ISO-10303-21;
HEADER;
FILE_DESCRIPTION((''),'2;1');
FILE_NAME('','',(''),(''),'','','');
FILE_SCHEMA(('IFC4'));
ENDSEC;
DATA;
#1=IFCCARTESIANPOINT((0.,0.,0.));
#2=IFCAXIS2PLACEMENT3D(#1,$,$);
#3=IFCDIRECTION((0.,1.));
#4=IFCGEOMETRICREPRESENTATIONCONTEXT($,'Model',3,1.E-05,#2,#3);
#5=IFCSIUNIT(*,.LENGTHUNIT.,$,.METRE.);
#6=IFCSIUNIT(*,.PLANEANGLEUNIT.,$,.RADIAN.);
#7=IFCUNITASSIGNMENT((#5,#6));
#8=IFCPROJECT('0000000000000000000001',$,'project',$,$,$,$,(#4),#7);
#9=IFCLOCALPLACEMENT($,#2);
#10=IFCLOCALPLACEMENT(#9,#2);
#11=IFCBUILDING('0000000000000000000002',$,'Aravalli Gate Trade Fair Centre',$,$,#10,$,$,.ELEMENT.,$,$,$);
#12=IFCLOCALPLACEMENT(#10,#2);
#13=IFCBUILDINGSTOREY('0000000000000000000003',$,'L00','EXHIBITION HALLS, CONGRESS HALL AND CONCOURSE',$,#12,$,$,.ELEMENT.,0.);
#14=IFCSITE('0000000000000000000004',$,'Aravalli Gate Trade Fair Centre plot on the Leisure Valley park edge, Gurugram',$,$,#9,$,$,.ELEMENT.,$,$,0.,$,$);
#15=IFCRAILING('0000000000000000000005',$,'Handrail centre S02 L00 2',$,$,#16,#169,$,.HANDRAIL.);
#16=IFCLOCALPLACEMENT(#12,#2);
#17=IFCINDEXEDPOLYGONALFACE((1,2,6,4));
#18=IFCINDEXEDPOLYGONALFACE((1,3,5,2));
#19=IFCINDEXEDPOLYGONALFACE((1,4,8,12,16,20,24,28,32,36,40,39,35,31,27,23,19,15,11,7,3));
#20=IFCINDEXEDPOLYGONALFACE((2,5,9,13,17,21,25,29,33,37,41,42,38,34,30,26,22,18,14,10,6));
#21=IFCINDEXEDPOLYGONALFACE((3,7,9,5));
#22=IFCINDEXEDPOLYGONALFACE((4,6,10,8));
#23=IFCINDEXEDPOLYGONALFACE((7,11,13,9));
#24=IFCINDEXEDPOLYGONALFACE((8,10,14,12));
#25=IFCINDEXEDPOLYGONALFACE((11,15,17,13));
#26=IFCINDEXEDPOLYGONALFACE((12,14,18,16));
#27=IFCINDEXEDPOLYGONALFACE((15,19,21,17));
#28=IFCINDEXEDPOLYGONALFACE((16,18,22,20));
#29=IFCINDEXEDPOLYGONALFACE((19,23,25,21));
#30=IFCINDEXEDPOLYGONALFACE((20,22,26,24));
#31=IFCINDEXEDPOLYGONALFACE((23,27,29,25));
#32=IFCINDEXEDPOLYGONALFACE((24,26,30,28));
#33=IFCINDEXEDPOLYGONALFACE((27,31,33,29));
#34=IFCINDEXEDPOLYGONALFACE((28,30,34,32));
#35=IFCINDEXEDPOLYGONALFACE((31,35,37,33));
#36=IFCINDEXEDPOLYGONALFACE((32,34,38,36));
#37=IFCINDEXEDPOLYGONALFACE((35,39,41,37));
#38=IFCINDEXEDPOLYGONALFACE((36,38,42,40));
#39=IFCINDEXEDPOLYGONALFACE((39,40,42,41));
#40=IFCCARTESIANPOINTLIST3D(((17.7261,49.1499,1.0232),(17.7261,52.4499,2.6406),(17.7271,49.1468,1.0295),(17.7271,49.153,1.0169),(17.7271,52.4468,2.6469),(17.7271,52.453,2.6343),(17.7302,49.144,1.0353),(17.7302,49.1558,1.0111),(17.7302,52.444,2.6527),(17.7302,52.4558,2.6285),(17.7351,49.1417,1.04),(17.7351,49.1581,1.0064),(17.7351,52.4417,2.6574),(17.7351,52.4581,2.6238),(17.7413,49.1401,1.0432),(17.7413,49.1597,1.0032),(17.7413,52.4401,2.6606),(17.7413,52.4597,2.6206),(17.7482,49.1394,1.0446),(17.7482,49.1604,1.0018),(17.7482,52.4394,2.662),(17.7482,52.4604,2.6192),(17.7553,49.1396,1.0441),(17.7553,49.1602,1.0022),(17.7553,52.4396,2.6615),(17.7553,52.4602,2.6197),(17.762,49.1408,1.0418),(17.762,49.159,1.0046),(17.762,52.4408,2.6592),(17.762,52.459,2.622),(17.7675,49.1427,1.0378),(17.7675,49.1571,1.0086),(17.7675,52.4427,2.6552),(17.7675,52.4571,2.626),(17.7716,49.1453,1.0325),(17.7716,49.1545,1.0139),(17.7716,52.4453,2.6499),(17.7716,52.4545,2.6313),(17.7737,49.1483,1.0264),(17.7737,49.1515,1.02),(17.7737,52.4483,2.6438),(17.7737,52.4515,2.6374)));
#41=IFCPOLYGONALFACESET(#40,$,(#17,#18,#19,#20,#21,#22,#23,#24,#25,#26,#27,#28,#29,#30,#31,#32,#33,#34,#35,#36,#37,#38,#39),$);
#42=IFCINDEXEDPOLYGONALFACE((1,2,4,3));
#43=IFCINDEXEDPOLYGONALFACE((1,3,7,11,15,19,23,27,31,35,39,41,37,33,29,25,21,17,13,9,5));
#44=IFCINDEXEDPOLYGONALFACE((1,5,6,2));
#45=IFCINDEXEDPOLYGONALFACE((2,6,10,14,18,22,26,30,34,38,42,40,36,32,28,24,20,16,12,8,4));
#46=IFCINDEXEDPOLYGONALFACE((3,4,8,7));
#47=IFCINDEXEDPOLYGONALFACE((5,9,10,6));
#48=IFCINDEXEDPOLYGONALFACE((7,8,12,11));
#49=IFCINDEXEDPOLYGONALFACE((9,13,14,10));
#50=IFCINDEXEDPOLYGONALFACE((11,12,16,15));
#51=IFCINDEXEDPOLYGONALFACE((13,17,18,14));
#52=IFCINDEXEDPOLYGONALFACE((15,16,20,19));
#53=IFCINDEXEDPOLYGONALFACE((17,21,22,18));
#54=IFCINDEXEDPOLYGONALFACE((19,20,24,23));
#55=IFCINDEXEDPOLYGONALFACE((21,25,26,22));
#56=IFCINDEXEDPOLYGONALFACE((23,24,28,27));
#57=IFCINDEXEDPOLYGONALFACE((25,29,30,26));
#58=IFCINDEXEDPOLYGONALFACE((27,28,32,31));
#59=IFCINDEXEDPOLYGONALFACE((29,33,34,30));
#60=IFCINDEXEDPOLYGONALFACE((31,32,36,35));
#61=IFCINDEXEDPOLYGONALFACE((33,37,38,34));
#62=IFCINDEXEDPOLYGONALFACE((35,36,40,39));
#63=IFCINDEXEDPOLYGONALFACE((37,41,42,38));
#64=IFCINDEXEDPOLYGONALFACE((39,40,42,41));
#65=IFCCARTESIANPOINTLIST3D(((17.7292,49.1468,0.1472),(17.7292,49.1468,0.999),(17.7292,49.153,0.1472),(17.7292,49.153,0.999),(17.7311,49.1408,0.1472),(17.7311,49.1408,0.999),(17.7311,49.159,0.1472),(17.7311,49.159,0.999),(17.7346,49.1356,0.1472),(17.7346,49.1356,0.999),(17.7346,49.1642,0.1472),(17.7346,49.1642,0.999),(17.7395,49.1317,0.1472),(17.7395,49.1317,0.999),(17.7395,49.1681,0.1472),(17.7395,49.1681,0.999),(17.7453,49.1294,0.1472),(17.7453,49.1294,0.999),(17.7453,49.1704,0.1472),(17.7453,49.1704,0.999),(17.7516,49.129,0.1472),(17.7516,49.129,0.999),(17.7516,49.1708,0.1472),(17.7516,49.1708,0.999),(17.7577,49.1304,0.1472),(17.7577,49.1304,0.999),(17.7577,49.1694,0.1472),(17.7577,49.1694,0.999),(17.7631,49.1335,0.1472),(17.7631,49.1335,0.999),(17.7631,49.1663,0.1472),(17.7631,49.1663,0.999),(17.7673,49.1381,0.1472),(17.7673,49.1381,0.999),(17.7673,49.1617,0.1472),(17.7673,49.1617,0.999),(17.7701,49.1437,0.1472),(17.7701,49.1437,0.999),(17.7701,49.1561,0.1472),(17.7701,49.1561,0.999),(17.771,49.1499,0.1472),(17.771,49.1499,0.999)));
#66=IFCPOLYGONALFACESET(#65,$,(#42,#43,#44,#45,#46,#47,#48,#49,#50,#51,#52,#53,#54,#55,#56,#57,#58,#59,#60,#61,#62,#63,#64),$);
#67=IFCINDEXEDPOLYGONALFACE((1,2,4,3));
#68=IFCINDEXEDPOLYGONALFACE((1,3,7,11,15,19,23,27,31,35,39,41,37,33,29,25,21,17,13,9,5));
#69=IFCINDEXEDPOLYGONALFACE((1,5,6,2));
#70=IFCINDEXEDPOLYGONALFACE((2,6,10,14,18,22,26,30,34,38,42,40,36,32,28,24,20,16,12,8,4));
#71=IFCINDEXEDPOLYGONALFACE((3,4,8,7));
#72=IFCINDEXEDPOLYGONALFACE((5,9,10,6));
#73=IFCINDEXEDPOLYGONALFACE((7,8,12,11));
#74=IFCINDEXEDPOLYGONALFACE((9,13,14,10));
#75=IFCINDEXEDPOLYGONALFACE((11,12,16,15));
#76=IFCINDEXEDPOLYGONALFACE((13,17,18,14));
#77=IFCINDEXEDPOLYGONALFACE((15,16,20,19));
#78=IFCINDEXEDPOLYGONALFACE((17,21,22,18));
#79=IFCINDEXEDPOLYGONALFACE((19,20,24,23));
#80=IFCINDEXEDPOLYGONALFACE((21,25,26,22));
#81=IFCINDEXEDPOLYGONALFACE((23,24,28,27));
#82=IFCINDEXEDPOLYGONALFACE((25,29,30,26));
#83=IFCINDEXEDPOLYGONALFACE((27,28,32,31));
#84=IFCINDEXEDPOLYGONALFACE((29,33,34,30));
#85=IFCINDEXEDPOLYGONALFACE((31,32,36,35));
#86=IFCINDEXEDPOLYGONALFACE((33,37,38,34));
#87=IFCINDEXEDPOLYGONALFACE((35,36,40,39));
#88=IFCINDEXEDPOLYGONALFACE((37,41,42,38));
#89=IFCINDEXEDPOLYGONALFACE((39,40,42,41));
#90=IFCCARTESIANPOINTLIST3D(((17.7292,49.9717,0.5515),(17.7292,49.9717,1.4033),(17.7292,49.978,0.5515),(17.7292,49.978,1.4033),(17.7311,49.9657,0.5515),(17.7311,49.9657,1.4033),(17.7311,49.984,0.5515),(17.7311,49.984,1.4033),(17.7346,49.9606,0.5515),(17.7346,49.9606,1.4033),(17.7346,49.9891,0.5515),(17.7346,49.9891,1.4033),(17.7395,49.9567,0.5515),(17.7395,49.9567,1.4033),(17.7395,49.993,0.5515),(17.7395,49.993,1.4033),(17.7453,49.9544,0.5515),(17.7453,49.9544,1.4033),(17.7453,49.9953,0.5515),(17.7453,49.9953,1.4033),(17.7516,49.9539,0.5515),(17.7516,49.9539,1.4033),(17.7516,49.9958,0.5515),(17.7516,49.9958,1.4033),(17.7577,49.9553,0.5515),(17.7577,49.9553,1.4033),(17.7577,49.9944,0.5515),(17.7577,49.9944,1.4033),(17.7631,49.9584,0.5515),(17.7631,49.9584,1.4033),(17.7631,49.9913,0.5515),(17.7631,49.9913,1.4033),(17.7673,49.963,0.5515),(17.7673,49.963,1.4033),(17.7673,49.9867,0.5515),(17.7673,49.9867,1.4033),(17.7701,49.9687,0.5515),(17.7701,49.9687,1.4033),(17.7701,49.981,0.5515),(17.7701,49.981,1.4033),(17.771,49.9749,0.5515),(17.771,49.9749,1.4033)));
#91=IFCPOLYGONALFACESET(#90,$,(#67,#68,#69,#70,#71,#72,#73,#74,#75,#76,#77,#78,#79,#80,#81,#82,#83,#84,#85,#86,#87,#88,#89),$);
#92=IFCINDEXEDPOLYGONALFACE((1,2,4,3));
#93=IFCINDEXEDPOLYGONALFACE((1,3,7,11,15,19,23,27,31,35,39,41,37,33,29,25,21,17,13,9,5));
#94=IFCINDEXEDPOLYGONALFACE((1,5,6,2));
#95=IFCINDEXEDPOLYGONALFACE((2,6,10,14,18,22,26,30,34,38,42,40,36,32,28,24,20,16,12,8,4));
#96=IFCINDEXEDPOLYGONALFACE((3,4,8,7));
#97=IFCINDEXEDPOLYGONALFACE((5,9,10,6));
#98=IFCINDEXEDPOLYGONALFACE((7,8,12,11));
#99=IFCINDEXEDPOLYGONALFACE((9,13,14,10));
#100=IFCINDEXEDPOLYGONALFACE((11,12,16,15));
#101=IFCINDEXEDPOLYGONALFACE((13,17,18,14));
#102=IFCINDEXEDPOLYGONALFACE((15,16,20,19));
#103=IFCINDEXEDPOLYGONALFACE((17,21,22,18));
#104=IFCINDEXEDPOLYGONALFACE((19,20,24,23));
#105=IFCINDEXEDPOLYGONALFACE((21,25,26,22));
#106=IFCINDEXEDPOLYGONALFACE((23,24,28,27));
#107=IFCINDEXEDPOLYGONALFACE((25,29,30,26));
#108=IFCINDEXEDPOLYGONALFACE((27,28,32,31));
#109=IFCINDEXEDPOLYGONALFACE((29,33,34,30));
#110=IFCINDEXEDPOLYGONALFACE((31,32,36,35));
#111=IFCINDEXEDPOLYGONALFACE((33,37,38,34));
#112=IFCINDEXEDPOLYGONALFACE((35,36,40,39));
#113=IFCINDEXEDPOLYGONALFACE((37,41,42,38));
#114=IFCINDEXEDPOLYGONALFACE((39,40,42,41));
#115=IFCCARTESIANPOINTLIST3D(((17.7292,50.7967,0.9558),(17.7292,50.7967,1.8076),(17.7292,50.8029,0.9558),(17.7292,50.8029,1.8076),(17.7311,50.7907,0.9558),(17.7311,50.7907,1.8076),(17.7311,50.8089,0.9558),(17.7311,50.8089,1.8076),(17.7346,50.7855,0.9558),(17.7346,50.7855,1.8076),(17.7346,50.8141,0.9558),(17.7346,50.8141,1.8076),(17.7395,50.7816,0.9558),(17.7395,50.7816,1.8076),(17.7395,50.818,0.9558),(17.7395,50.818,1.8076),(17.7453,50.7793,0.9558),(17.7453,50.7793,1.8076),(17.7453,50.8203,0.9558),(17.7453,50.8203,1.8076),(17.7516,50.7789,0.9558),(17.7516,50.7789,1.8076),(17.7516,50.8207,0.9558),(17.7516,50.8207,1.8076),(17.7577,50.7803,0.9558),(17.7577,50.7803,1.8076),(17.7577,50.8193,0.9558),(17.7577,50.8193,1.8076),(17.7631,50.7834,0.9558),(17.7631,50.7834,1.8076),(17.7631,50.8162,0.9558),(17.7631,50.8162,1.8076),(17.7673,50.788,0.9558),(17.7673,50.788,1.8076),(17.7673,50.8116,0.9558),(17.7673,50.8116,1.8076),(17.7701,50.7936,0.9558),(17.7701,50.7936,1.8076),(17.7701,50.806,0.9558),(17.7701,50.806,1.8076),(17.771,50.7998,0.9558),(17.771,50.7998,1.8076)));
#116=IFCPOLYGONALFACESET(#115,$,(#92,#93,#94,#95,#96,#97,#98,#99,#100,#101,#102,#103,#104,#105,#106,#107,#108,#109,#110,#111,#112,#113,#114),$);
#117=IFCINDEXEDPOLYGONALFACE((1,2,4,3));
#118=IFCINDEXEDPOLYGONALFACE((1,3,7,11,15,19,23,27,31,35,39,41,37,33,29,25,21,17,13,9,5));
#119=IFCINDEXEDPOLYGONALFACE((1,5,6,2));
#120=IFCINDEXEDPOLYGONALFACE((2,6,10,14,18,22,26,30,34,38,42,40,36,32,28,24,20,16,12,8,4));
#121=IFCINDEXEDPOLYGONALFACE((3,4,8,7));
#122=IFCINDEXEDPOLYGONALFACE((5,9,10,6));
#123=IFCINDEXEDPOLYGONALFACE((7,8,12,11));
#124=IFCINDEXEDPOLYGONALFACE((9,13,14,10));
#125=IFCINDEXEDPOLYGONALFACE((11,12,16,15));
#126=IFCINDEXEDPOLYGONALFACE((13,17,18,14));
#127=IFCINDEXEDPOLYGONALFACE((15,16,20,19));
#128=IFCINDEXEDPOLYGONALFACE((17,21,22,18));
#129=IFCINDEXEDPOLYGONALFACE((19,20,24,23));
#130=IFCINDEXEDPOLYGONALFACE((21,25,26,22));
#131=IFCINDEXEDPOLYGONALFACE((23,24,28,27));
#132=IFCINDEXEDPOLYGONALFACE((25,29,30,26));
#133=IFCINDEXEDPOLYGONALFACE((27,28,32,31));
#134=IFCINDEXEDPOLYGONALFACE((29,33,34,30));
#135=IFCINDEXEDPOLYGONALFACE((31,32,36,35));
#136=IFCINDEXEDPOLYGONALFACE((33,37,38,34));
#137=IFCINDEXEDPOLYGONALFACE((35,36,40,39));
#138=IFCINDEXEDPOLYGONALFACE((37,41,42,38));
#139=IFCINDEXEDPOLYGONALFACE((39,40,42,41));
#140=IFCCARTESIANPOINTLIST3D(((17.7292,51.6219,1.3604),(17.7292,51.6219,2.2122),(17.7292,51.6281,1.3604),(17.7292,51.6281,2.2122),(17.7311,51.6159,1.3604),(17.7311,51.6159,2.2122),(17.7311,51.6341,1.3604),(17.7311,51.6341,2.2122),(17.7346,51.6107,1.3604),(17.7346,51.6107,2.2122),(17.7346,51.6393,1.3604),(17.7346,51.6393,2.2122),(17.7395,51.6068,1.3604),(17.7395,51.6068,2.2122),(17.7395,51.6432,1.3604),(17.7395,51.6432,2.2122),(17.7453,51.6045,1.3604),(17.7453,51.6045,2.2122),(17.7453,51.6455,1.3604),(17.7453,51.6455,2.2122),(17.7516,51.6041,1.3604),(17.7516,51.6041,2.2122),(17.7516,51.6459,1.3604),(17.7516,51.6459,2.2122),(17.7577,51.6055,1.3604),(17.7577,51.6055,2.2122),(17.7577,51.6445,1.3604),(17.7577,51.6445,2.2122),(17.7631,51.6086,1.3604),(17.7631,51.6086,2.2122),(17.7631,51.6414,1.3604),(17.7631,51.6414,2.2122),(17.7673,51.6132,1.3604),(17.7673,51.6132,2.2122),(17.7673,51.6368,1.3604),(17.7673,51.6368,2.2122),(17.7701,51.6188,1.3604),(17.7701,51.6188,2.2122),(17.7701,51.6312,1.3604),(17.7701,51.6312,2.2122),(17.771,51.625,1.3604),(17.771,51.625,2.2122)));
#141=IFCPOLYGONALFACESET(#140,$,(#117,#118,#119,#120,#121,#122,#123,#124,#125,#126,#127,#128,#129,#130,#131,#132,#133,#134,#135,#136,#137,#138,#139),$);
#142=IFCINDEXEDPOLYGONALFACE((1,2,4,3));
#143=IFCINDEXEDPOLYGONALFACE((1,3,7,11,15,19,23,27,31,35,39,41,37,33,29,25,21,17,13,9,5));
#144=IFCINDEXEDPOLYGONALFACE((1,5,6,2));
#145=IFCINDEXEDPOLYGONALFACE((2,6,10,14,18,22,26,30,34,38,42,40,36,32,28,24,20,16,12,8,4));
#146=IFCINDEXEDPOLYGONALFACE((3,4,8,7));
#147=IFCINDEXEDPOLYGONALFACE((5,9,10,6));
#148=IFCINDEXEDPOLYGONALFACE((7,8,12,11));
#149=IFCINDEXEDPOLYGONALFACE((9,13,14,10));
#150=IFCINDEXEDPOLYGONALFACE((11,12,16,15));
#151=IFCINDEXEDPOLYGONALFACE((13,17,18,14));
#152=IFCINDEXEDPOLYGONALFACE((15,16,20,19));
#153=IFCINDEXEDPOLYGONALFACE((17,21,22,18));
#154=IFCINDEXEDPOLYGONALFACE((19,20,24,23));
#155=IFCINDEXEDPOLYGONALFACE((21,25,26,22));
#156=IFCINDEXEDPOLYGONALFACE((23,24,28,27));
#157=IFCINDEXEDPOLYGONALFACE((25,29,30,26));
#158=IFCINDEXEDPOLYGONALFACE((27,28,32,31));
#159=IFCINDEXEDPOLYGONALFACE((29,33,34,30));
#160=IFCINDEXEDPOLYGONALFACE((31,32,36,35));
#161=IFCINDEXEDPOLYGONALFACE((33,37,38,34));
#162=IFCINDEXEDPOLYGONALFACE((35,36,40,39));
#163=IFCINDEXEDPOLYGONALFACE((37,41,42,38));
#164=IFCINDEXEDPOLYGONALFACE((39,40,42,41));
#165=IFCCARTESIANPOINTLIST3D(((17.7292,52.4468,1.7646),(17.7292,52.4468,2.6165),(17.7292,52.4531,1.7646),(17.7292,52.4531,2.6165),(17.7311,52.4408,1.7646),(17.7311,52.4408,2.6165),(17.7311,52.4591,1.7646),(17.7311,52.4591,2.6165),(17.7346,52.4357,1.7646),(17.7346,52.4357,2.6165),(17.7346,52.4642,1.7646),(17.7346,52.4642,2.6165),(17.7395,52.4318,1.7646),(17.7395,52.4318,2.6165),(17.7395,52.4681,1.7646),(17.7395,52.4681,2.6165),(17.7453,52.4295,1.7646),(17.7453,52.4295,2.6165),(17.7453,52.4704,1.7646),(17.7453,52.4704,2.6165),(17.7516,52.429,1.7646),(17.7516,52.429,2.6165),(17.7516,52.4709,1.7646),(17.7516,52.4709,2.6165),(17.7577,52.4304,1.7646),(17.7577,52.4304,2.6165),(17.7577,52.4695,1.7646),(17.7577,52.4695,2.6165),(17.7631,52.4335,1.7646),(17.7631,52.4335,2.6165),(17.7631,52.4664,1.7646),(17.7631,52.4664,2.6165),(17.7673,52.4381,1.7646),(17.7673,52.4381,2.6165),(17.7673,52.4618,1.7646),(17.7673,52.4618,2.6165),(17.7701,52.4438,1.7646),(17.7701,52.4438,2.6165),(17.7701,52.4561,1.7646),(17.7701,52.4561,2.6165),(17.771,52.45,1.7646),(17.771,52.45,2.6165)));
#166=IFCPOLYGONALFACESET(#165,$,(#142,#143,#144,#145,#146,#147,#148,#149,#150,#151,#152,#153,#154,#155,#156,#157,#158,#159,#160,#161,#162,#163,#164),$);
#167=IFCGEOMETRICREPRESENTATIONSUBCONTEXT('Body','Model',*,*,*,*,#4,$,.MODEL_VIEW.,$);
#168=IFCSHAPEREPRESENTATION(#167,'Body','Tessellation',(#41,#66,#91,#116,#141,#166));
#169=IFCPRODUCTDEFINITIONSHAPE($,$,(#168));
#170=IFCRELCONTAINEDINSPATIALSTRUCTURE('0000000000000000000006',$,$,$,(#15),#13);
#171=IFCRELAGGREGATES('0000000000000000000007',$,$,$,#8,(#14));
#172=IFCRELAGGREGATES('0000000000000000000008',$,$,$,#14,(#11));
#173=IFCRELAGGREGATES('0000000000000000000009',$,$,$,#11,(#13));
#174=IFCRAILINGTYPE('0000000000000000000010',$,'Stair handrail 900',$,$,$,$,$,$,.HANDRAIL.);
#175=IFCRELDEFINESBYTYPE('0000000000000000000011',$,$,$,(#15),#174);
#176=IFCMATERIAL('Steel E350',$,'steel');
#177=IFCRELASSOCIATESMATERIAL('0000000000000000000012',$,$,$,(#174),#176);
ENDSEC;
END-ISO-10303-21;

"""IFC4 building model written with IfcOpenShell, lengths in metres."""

from ifc_helpers import new_model, si_unit, direction, frame, origin, origin_2d, place, context, subcontext, project, spatial, circle, extrude, material, type_object, element, save


model = new_model("IFC4")

# Units and contexts
model_context = context("Model", 3, precision=1e-05, world=origin(), true_north=direction((0.0, 1.0)))
body_context = subcontext(model_context, "Body", "Model", "MODEL_VIEW")
ifc_project = project(units=[si_unit("LENGTHUNIT", "METRE"), si_unit("PLANEANGLEUNIT", "RADIAN")], contexts=[model_context])

# Site, building, storey
site_placement = place(None, origin())
site = spatial("IfcSite", under=ifc_project, at=site_placement, Name="Aravalli Gate Trade Fair Centre plot on the Leisure Valley park edge, Gurugram", CompositionType="ELEMENT", RefElevation=0.0)
building_placement = place(site_placement, origin())
building = spatial("IfcBuilding", under=site, at=building_placement, Name="Aravalli Gate Trade Fair Centre", CompositionType="ELEMENT")
storey_placement = place(building_placement, origin())
storey = spatial("IfcBuildingStorey", under=building, at=storey_placement, Name="L00", Description="EXHIBITION HALLS, CONGRESS HALL AND CONCOURSE", CompositionType="ELEMENT", Elevation=0.0)

# Railing
ifc_material_1 = material(Name="Steel E350", Category="steel")
railing_type = type_object("IfcRailingType", Name="Stair handrail 900", PredefinedType="HANDRAIL", material=ifc_material_1)
railing_placement = place(storey_placement, frame((17.75, 49.1499, 0.1472)))
element("IfcRailing", 1, at=railing_placement, inside=storey, type_object=railing_type, Name="Handrail centre S02 L00 2", PredefinedType="HANDRAIL", context=body_context, shape_type="SweptSolid", body=[
    extrude(circle(Radius=0.0239, at=origin_2d()), frame((0.0, 0.0, 0.876), z_axis=(0.0, 0.897946, 0.440105), x_axis=(-1.0, 0.0, 0.0)), (0.0, 0.0, 1.0), 3.675),
    extrude(circle(Radius=0.021, at=origin_2d()), origin(), (0.0, 0.0, 1.0), 0.8518),
    extrude(circle(Radius=0.021, at=origin_2d()), frame((0.0, 0.825, 0.4043)), (0.0, 0.0, 1.0), 0.8518),
    extrude(circle(Radius=0.021, at=origin_2d()), frame((0.0, 1.6499, 0.8086)), (0.0, 0.0, 1.0), 0.8518),
    extrude(circle(Radius=0.021, at=origin_2d()), frame((0.0, 2.4751, 1.2131)), (0.0, 0.0, 1.0), 0.8518),
    extrude(circle(Radius=0.021, at=origin_2d()), frame((0.0, 3.3, 1.6174)), (0.0, 0.0, 1.0), 0.8518),
])

save(model, "model.ifc")
